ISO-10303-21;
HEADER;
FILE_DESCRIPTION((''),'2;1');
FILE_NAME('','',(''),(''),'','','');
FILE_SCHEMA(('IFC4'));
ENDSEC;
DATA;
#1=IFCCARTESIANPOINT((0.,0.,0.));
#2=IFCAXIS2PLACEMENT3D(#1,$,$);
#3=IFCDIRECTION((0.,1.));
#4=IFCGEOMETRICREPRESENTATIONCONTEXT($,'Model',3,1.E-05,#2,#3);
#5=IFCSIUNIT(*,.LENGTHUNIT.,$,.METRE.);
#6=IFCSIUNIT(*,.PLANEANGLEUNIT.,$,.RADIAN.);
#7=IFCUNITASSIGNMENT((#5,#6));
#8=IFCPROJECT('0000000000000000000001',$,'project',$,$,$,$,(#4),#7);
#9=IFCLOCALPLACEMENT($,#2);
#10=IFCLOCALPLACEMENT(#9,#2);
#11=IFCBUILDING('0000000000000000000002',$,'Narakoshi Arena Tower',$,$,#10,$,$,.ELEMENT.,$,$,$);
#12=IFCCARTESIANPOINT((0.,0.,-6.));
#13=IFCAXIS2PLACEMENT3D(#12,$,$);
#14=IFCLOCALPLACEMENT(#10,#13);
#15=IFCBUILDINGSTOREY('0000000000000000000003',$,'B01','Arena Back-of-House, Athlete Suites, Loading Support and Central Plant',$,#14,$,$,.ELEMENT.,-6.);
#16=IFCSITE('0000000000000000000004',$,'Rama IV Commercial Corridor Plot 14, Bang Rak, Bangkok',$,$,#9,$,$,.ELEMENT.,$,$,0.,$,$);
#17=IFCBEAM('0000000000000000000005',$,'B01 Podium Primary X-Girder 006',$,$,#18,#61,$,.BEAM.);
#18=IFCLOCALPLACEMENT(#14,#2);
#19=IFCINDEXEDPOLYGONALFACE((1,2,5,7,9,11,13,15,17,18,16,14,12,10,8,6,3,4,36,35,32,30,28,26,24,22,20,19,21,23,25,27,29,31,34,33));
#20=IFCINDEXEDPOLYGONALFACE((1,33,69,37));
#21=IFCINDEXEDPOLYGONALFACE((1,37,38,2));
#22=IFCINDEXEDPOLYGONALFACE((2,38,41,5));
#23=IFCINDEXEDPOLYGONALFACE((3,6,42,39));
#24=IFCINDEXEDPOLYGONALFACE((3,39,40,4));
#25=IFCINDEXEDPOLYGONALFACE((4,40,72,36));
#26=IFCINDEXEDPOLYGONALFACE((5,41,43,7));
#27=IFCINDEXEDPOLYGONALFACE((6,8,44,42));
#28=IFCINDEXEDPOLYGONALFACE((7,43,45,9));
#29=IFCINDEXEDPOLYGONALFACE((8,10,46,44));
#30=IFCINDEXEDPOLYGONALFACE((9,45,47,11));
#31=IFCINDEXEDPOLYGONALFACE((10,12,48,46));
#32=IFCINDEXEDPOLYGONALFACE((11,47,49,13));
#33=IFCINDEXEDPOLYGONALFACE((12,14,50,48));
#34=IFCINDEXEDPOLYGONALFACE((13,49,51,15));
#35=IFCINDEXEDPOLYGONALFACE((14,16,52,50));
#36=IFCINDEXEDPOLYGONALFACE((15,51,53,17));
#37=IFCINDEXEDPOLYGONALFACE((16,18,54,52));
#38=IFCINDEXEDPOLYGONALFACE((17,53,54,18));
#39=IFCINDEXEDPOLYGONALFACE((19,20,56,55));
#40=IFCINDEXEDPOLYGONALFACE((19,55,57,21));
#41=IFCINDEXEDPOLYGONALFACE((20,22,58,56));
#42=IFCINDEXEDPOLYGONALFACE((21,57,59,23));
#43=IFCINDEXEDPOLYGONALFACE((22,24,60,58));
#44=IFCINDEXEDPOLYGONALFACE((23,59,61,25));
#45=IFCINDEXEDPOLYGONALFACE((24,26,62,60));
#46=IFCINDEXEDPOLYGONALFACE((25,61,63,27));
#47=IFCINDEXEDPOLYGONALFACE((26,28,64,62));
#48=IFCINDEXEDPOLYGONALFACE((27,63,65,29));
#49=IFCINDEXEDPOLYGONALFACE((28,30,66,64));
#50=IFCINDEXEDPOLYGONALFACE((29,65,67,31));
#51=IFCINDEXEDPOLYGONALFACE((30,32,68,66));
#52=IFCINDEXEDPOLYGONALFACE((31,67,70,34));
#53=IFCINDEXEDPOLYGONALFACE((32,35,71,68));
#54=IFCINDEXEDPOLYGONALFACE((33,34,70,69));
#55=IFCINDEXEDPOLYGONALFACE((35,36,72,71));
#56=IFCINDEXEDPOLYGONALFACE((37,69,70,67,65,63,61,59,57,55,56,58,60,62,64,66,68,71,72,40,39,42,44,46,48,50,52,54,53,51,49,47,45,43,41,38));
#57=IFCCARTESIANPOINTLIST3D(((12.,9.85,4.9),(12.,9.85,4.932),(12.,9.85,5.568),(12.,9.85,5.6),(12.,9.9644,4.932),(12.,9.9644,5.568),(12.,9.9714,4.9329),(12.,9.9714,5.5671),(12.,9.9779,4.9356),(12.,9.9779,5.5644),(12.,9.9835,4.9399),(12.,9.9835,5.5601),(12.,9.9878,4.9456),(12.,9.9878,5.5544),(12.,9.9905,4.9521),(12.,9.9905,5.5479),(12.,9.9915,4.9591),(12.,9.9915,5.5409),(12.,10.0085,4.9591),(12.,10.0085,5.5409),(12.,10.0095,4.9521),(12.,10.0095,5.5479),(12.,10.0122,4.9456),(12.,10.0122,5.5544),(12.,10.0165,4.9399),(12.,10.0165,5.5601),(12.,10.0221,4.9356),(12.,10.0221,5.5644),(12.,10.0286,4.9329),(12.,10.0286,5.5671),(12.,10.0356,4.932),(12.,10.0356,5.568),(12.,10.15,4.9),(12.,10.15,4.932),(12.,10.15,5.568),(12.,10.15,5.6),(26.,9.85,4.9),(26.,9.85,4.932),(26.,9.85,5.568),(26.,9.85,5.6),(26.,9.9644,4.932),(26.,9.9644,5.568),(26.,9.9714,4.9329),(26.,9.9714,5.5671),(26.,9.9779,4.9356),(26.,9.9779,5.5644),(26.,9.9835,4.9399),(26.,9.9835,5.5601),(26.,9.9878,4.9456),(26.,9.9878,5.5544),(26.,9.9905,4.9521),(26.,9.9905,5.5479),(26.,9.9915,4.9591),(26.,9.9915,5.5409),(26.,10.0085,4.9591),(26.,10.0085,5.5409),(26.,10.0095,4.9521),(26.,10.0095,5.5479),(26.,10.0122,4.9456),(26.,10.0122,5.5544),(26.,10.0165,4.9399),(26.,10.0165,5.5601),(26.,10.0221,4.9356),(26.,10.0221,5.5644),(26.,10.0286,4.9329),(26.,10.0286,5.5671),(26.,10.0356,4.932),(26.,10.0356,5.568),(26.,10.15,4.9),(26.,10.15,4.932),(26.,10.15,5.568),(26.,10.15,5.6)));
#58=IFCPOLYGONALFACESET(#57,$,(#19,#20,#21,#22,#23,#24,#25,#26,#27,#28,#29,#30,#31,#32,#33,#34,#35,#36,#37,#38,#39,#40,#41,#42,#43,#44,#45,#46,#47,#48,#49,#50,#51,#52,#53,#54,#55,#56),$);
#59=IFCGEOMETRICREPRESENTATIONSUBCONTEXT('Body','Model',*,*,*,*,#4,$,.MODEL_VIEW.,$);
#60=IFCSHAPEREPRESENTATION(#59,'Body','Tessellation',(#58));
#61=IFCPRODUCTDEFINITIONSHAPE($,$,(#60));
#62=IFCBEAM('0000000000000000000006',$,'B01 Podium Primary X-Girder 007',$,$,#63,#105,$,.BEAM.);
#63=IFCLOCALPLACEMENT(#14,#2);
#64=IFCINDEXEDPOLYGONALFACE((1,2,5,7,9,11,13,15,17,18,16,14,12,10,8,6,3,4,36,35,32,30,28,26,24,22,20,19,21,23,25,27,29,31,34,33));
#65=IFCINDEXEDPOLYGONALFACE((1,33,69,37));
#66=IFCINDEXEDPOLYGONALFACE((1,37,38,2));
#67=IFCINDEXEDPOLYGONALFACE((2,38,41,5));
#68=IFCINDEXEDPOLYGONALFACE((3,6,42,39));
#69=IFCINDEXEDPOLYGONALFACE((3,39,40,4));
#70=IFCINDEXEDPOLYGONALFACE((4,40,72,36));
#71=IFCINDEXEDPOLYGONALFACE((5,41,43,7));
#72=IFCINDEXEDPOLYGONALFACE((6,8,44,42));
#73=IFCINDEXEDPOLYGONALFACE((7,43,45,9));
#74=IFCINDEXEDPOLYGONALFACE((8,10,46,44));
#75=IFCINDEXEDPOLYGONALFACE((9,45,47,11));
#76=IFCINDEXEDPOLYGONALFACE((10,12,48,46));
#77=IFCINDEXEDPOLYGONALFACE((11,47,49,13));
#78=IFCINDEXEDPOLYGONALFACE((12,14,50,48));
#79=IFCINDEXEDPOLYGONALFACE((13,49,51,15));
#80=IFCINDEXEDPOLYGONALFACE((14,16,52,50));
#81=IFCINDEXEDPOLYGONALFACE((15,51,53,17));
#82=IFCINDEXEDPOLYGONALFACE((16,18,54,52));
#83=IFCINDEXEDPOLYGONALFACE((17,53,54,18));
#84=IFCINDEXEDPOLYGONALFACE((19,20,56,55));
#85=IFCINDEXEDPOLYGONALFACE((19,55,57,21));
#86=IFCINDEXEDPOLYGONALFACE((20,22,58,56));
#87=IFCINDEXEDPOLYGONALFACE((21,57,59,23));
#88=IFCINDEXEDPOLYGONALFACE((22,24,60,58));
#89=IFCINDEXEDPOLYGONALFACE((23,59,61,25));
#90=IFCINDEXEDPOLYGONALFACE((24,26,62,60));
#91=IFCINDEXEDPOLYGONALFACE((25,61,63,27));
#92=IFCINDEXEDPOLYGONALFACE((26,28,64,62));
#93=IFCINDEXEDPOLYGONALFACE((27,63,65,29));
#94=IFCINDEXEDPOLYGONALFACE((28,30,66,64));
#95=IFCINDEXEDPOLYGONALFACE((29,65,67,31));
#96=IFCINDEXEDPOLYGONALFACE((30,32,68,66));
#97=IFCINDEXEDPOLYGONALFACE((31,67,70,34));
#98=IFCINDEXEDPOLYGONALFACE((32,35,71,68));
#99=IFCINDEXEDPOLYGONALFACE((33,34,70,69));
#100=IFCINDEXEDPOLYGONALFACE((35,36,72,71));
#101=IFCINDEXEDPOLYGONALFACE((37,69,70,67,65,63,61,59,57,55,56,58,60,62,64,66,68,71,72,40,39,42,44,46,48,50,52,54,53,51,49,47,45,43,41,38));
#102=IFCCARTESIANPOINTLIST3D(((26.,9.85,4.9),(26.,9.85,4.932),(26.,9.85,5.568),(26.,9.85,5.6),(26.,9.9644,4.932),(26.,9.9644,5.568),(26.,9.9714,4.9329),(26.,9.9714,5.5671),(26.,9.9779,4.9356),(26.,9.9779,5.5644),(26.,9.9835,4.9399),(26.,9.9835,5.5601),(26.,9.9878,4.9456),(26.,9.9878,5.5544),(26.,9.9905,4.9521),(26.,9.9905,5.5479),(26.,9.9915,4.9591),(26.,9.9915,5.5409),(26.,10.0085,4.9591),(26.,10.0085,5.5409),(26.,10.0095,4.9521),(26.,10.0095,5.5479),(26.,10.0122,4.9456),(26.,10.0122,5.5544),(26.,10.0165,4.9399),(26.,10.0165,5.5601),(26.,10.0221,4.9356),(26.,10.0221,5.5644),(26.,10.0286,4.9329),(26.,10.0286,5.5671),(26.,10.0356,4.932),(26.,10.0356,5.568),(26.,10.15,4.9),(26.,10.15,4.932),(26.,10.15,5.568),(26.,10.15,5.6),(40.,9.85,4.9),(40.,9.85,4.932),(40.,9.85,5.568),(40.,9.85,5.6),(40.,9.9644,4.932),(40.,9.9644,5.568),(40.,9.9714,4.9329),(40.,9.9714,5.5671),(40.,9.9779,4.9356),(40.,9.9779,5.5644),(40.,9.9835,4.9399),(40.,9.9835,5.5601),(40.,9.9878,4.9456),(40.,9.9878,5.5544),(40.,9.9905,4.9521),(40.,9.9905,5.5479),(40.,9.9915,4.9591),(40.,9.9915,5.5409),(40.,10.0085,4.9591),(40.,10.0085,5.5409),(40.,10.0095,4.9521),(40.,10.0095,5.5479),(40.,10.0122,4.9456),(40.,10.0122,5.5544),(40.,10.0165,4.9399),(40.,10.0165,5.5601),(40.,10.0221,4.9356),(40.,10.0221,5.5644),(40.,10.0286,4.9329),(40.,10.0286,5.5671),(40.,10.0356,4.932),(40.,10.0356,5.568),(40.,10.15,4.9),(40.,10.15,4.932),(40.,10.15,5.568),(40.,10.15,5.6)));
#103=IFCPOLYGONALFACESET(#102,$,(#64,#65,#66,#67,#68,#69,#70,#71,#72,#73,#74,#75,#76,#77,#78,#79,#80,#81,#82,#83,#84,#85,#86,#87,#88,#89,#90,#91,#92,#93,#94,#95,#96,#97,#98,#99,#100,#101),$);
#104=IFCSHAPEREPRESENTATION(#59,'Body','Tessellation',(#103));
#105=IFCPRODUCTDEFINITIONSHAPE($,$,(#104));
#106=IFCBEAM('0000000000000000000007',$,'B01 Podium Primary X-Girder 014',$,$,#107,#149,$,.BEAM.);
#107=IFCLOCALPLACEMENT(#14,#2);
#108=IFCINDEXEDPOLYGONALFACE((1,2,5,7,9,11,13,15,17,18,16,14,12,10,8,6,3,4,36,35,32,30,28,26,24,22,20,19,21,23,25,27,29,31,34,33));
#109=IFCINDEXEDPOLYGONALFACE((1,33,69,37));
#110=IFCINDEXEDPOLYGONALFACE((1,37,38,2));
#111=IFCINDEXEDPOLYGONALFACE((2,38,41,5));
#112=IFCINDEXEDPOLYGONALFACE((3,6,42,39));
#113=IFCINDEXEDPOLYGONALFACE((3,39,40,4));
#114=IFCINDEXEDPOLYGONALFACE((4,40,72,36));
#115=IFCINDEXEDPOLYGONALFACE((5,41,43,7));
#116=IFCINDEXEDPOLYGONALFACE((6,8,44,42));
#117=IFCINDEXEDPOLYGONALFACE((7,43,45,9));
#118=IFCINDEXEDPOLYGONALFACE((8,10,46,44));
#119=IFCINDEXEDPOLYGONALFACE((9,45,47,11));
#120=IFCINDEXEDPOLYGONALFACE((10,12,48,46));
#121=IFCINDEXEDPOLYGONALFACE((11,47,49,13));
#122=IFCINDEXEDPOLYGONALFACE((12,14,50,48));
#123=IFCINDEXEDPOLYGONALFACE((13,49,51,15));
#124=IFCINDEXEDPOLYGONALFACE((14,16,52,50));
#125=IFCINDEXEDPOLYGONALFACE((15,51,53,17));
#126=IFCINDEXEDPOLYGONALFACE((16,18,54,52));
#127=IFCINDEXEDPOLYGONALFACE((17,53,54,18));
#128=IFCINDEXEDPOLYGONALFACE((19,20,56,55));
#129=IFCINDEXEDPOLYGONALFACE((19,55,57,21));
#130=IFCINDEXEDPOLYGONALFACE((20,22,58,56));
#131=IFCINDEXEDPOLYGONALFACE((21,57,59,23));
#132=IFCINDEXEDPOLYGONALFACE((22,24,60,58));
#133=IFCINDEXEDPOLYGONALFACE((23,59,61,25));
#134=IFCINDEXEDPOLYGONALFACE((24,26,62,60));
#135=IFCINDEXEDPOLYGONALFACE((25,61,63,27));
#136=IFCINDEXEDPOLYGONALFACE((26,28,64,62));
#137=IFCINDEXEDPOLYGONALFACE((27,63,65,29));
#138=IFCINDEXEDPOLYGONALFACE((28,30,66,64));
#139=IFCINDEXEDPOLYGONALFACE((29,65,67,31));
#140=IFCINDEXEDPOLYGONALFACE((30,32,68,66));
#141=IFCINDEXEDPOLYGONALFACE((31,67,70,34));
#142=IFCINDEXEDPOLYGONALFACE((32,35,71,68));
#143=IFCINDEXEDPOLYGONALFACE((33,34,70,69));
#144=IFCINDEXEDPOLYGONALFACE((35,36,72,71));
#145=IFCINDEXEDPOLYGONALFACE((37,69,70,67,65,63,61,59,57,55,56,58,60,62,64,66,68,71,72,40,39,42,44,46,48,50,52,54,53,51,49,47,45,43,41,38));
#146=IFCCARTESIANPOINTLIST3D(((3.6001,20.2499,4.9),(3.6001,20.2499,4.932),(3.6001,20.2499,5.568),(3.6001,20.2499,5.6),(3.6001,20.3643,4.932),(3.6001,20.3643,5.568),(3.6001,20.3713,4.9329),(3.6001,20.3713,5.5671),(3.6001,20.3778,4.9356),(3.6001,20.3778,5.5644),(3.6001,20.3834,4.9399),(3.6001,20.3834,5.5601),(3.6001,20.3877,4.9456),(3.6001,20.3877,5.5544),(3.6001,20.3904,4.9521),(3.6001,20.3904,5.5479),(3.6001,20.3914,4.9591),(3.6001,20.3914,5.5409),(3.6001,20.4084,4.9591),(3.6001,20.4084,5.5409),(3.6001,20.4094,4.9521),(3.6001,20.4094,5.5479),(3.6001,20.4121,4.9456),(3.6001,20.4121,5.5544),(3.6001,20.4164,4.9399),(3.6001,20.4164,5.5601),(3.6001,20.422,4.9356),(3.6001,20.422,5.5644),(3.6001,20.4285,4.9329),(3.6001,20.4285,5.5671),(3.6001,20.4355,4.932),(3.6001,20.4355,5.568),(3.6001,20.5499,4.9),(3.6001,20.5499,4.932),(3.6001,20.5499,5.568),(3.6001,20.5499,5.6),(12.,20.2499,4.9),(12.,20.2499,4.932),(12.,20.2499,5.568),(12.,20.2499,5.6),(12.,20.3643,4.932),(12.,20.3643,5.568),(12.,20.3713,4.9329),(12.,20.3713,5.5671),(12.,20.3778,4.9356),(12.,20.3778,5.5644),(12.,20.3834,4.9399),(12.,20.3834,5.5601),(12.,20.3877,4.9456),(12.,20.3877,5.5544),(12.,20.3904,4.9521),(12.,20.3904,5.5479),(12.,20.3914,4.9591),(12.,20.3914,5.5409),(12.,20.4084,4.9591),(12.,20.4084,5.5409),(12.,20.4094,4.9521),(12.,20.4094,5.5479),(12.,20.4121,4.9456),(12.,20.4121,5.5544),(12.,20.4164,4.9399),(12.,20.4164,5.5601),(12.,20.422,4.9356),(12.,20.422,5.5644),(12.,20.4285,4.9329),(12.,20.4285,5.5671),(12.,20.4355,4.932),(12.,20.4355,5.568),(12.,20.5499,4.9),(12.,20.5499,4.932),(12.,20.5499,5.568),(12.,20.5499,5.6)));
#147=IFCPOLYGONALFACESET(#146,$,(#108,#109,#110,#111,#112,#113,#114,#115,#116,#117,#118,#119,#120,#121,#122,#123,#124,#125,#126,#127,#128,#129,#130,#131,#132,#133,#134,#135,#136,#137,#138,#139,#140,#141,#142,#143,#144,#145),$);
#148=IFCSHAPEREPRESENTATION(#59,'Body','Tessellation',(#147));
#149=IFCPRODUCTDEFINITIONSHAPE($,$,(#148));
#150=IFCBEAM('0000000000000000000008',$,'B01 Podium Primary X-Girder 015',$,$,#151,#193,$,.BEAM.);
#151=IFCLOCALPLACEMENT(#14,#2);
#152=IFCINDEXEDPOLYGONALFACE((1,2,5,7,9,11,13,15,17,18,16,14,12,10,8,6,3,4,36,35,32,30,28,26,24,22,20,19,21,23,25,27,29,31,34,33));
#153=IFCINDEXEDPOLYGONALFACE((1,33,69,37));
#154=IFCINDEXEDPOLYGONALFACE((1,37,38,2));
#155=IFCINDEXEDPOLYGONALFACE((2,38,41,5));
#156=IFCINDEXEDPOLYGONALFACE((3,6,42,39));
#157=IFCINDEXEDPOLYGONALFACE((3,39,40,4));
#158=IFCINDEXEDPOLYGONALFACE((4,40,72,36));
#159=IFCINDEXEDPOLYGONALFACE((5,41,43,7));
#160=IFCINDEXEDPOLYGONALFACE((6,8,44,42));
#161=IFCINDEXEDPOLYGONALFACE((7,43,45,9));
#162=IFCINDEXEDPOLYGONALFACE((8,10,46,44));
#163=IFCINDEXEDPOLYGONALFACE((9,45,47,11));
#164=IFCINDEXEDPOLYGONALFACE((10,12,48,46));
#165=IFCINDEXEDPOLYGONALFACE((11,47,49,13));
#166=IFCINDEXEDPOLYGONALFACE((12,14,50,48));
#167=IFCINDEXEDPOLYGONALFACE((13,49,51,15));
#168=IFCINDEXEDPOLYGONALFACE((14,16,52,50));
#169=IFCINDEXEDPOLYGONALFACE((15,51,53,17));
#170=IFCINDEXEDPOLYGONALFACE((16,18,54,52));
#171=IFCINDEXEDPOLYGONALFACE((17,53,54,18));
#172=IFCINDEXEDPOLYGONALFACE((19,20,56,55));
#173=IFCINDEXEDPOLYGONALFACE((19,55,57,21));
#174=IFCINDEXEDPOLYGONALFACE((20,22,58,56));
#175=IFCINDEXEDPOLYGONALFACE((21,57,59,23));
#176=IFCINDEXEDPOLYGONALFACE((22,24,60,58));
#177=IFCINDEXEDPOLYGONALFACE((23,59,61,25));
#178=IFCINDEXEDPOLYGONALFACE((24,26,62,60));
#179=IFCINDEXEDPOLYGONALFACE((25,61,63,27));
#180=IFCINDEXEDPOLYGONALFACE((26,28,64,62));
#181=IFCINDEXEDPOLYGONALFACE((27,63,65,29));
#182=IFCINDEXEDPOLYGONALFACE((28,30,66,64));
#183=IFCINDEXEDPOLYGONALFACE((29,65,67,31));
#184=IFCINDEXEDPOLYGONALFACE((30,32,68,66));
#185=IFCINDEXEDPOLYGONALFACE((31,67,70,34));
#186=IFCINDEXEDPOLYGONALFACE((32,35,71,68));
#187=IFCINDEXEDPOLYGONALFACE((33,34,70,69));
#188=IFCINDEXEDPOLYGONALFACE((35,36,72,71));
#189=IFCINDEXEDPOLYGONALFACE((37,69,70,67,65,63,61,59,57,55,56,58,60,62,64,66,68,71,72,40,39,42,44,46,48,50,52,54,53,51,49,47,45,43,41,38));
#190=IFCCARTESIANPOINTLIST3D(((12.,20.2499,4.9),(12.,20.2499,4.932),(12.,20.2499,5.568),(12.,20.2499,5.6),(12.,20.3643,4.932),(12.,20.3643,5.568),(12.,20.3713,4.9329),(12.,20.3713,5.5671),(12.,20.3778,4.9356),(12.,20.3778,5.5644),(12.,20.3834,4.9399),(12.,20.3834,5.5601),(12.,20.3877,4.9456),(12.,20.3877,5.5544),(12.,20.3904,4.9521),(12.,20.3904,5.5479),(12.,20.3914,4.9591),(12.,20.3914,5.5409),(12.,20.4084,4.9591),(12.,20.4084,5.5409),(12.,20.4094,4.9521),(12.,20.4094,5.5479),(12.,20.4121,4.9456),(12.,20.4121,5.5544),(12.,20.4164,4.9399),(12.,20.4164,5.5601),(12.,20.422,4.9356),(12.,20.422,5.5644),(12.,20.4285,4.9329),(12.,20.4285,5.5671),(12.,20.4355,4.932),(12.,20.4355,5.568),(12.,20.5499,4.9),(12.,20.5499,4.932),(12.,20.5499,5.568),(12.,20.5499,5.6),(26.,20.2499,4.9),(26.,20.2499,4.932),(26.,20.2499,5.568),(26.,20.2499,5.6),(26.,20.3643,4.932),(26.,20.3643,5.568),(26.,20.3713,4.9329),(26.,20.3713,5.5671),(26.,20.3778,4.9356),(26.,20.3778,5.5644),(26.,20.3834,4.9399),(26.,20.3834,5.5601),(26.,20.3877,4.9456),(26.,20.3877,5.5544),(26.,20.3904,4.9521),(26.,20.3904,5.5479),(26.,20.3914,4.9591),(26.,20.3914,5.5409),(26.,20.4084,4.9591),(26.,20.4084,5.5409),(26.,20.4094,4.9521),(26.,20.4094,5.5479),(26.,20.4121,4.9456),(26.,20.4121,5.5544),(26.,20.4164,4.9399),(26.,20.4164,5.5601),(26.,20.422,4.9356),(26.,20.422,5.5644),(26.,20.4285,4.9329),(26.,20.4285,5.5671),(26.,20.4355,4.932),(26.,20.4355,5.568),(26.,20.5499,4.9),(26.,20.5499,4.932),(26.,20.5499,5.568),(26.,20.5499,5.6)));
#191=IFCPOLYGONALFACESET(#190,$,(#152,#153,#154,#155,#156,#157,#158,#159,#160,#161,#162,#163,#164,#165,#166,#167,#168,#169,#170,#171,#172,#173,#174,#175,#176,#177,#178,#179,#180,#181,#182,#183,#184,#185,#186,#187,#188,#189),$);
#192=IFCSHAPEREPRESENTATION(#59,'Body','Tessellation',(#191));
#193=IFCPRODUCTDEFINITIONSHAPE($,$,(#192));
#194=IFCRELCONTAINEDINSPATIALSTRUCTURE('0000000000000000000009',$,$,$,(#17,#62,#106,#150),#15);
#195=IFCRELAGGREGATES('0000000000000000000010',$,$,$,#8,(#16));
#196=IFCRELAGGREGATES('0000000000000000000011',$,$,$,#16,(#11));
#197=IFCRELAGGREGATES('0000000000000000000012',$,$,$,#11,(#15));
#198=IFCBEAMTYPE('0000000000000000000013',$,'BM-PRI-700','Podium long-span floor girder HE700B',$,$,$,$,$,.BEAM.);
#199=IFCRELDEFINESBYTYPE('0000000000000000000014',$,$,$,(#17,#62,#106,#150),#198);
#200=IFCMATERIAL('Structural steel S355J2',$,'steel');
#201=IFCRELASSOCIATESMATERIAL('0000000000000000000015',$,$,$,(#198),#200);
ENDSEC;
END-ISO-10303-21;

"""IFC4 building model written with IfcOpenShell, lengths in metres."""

from ifc_helpers import new_model, si_unit, direction, frame, origin, origin_2d, place, context, subcontext, project, spatial, i_section, extrude, material, material_profile, profile_set, type_object, element, save


model = new_model("IFC4")

# Units and contexts
model_context = context("Model", 3, precision=1e-05, world=origin(), true_north=direction((0.0, 1.0)))
body_context = subcontext(model_context, "Body", "Model", "MODEL_VIEW")
ifc_project = project(units=[si_unit("LENGTHUNIT", "METRE"), si_unit("PLANEANGLEUNIT", "RADIAN")], contexts=[model_context])

# Site, building, storey
site_placement = place(None, origin())
site = spatial("IfcSite", under=ifc_project, at=site_placement, Name="Rama IV Commercial Corridor Plot 14, Bang Rak, Bangkok", CompositionType="ELEMENT", RefElevation=0.0)
building_placement = place(site_placement, origin())
building = spatial("IfcBuilding", under=site, at=building_placement, Name="Narakoshi Arena Tower", CompositionType="ELEMENT")
storey_placement = place(building_placement, frame((0.0, 0.0, -6.0)))
storey = spatial("IfcBuildingStorey", under=building, at=storey_placement, Name="B01", Description="Arena Back-of-House, Athlete Suites, Loading Support and Central Plant", CompositionType="ELEMENT", Elevation=-6.0)

# Beams
ifc_material_1 = material(Name="Structural steel S355J2", Category="steel")
ifc_material_profile_1 = material_profile(ifc_material_1, i_section(OverallWidth=0.3, OverallDepth=0.7, WebThickness=0.0171, FlangeThickness=0.032, FilletRadius=0.0271, at=origin_2d()), Name="HE700B")
ifc_profile_set_1 = profile_set([ifc_material_profile_1], Name="Structural steel S355J2")
beam_type_1 = type_object("IfcBeamType", Name="BM-PRI-700", Description="Podium long-span floor girder HE700B", PredefinedType="BEAM", material=ifc_profile_set_1)
for number, where, z_axis, x_axis, name in (
    (1, (12.0, 10.0, 5.25), (1.0, 0.0, 0.0), (0.0, 1.0, 0.0), "B01 Podium Primary X-Girder 006"),
    (2, (26.0, 10.0, 5.25), (1.0, 0.0, 0.0), (0.0, 1.0, 0.0), "B01 Podium Primary X-Girder 007"),
):
    element("IfcBeam", number, at=place(storey_placement, frame(where, z_axis=z_axis, x_axis=x_axis)), inside=storey, type_object=beam_type_1, Name=name, PredefinedType="BEAM", context=body_context, shape_type="SweptSolid", body=[
        extrude(i_section(OverallWidth=0.3, OverallDepth=0.7, WebThickness=0.0171, FlangeThickness=0.032, FilletRadius=0.0271, at=origin_2d()), origin(), (0.0, 0.0, 1.0), 14.0),
    ])
beam_1_placement = place(storey_placement, frame((3.6001, 20.3999, 5.25), z_axis=(1.0, 0.0, 0.0), x_axis=(0.0, 1.0, 0.0)))
element("IfcBeam", 3, at=beam_1_placement, inside=storey, type_object=beam_type_1, Name="B01 Podium Primary X-Girder 014", PredefinedType="BEAM", context=body_context, shape_type="SweptSolid", body=[
    extrude(i_section(OverallWidth=0.3, OverallDepth=0.7, WebThickness=0.0171, FlangeThickness=0.032, FilletRadius=0.0271, at=origin_2d()), origin(), (0.0, 0.0, 1.0), 8.3999),
])
for number, where, z_axis, x_axis, name in (
    (4, (12.0, 20.3999, 5.25), (1.0, 0.0, 0.0), (0.0, 1.0, 0.0), "B01 Podium Primary X-Girder 015"),
):
    element("IfcBeam", number, at=place(storey_placement, frame(where, z_axis=z_axis, x_axis=x_axis)), inside=storey, type_object=beam_type_1, Name=name, PredefinedType="BEAM", context=body_context, shape_type="SweptSolid", body=[
        extrude(i_section(OverallWidth=0.3, OverallDepth=0.7, WebThickness=0.0171, FlangeThickness=0.032, FilletRadius=0.0271, at=origin_2d()), origin(), (0.0, 0.0, 1.0), 14.0),
    ])

save(model, "model.ifc")
